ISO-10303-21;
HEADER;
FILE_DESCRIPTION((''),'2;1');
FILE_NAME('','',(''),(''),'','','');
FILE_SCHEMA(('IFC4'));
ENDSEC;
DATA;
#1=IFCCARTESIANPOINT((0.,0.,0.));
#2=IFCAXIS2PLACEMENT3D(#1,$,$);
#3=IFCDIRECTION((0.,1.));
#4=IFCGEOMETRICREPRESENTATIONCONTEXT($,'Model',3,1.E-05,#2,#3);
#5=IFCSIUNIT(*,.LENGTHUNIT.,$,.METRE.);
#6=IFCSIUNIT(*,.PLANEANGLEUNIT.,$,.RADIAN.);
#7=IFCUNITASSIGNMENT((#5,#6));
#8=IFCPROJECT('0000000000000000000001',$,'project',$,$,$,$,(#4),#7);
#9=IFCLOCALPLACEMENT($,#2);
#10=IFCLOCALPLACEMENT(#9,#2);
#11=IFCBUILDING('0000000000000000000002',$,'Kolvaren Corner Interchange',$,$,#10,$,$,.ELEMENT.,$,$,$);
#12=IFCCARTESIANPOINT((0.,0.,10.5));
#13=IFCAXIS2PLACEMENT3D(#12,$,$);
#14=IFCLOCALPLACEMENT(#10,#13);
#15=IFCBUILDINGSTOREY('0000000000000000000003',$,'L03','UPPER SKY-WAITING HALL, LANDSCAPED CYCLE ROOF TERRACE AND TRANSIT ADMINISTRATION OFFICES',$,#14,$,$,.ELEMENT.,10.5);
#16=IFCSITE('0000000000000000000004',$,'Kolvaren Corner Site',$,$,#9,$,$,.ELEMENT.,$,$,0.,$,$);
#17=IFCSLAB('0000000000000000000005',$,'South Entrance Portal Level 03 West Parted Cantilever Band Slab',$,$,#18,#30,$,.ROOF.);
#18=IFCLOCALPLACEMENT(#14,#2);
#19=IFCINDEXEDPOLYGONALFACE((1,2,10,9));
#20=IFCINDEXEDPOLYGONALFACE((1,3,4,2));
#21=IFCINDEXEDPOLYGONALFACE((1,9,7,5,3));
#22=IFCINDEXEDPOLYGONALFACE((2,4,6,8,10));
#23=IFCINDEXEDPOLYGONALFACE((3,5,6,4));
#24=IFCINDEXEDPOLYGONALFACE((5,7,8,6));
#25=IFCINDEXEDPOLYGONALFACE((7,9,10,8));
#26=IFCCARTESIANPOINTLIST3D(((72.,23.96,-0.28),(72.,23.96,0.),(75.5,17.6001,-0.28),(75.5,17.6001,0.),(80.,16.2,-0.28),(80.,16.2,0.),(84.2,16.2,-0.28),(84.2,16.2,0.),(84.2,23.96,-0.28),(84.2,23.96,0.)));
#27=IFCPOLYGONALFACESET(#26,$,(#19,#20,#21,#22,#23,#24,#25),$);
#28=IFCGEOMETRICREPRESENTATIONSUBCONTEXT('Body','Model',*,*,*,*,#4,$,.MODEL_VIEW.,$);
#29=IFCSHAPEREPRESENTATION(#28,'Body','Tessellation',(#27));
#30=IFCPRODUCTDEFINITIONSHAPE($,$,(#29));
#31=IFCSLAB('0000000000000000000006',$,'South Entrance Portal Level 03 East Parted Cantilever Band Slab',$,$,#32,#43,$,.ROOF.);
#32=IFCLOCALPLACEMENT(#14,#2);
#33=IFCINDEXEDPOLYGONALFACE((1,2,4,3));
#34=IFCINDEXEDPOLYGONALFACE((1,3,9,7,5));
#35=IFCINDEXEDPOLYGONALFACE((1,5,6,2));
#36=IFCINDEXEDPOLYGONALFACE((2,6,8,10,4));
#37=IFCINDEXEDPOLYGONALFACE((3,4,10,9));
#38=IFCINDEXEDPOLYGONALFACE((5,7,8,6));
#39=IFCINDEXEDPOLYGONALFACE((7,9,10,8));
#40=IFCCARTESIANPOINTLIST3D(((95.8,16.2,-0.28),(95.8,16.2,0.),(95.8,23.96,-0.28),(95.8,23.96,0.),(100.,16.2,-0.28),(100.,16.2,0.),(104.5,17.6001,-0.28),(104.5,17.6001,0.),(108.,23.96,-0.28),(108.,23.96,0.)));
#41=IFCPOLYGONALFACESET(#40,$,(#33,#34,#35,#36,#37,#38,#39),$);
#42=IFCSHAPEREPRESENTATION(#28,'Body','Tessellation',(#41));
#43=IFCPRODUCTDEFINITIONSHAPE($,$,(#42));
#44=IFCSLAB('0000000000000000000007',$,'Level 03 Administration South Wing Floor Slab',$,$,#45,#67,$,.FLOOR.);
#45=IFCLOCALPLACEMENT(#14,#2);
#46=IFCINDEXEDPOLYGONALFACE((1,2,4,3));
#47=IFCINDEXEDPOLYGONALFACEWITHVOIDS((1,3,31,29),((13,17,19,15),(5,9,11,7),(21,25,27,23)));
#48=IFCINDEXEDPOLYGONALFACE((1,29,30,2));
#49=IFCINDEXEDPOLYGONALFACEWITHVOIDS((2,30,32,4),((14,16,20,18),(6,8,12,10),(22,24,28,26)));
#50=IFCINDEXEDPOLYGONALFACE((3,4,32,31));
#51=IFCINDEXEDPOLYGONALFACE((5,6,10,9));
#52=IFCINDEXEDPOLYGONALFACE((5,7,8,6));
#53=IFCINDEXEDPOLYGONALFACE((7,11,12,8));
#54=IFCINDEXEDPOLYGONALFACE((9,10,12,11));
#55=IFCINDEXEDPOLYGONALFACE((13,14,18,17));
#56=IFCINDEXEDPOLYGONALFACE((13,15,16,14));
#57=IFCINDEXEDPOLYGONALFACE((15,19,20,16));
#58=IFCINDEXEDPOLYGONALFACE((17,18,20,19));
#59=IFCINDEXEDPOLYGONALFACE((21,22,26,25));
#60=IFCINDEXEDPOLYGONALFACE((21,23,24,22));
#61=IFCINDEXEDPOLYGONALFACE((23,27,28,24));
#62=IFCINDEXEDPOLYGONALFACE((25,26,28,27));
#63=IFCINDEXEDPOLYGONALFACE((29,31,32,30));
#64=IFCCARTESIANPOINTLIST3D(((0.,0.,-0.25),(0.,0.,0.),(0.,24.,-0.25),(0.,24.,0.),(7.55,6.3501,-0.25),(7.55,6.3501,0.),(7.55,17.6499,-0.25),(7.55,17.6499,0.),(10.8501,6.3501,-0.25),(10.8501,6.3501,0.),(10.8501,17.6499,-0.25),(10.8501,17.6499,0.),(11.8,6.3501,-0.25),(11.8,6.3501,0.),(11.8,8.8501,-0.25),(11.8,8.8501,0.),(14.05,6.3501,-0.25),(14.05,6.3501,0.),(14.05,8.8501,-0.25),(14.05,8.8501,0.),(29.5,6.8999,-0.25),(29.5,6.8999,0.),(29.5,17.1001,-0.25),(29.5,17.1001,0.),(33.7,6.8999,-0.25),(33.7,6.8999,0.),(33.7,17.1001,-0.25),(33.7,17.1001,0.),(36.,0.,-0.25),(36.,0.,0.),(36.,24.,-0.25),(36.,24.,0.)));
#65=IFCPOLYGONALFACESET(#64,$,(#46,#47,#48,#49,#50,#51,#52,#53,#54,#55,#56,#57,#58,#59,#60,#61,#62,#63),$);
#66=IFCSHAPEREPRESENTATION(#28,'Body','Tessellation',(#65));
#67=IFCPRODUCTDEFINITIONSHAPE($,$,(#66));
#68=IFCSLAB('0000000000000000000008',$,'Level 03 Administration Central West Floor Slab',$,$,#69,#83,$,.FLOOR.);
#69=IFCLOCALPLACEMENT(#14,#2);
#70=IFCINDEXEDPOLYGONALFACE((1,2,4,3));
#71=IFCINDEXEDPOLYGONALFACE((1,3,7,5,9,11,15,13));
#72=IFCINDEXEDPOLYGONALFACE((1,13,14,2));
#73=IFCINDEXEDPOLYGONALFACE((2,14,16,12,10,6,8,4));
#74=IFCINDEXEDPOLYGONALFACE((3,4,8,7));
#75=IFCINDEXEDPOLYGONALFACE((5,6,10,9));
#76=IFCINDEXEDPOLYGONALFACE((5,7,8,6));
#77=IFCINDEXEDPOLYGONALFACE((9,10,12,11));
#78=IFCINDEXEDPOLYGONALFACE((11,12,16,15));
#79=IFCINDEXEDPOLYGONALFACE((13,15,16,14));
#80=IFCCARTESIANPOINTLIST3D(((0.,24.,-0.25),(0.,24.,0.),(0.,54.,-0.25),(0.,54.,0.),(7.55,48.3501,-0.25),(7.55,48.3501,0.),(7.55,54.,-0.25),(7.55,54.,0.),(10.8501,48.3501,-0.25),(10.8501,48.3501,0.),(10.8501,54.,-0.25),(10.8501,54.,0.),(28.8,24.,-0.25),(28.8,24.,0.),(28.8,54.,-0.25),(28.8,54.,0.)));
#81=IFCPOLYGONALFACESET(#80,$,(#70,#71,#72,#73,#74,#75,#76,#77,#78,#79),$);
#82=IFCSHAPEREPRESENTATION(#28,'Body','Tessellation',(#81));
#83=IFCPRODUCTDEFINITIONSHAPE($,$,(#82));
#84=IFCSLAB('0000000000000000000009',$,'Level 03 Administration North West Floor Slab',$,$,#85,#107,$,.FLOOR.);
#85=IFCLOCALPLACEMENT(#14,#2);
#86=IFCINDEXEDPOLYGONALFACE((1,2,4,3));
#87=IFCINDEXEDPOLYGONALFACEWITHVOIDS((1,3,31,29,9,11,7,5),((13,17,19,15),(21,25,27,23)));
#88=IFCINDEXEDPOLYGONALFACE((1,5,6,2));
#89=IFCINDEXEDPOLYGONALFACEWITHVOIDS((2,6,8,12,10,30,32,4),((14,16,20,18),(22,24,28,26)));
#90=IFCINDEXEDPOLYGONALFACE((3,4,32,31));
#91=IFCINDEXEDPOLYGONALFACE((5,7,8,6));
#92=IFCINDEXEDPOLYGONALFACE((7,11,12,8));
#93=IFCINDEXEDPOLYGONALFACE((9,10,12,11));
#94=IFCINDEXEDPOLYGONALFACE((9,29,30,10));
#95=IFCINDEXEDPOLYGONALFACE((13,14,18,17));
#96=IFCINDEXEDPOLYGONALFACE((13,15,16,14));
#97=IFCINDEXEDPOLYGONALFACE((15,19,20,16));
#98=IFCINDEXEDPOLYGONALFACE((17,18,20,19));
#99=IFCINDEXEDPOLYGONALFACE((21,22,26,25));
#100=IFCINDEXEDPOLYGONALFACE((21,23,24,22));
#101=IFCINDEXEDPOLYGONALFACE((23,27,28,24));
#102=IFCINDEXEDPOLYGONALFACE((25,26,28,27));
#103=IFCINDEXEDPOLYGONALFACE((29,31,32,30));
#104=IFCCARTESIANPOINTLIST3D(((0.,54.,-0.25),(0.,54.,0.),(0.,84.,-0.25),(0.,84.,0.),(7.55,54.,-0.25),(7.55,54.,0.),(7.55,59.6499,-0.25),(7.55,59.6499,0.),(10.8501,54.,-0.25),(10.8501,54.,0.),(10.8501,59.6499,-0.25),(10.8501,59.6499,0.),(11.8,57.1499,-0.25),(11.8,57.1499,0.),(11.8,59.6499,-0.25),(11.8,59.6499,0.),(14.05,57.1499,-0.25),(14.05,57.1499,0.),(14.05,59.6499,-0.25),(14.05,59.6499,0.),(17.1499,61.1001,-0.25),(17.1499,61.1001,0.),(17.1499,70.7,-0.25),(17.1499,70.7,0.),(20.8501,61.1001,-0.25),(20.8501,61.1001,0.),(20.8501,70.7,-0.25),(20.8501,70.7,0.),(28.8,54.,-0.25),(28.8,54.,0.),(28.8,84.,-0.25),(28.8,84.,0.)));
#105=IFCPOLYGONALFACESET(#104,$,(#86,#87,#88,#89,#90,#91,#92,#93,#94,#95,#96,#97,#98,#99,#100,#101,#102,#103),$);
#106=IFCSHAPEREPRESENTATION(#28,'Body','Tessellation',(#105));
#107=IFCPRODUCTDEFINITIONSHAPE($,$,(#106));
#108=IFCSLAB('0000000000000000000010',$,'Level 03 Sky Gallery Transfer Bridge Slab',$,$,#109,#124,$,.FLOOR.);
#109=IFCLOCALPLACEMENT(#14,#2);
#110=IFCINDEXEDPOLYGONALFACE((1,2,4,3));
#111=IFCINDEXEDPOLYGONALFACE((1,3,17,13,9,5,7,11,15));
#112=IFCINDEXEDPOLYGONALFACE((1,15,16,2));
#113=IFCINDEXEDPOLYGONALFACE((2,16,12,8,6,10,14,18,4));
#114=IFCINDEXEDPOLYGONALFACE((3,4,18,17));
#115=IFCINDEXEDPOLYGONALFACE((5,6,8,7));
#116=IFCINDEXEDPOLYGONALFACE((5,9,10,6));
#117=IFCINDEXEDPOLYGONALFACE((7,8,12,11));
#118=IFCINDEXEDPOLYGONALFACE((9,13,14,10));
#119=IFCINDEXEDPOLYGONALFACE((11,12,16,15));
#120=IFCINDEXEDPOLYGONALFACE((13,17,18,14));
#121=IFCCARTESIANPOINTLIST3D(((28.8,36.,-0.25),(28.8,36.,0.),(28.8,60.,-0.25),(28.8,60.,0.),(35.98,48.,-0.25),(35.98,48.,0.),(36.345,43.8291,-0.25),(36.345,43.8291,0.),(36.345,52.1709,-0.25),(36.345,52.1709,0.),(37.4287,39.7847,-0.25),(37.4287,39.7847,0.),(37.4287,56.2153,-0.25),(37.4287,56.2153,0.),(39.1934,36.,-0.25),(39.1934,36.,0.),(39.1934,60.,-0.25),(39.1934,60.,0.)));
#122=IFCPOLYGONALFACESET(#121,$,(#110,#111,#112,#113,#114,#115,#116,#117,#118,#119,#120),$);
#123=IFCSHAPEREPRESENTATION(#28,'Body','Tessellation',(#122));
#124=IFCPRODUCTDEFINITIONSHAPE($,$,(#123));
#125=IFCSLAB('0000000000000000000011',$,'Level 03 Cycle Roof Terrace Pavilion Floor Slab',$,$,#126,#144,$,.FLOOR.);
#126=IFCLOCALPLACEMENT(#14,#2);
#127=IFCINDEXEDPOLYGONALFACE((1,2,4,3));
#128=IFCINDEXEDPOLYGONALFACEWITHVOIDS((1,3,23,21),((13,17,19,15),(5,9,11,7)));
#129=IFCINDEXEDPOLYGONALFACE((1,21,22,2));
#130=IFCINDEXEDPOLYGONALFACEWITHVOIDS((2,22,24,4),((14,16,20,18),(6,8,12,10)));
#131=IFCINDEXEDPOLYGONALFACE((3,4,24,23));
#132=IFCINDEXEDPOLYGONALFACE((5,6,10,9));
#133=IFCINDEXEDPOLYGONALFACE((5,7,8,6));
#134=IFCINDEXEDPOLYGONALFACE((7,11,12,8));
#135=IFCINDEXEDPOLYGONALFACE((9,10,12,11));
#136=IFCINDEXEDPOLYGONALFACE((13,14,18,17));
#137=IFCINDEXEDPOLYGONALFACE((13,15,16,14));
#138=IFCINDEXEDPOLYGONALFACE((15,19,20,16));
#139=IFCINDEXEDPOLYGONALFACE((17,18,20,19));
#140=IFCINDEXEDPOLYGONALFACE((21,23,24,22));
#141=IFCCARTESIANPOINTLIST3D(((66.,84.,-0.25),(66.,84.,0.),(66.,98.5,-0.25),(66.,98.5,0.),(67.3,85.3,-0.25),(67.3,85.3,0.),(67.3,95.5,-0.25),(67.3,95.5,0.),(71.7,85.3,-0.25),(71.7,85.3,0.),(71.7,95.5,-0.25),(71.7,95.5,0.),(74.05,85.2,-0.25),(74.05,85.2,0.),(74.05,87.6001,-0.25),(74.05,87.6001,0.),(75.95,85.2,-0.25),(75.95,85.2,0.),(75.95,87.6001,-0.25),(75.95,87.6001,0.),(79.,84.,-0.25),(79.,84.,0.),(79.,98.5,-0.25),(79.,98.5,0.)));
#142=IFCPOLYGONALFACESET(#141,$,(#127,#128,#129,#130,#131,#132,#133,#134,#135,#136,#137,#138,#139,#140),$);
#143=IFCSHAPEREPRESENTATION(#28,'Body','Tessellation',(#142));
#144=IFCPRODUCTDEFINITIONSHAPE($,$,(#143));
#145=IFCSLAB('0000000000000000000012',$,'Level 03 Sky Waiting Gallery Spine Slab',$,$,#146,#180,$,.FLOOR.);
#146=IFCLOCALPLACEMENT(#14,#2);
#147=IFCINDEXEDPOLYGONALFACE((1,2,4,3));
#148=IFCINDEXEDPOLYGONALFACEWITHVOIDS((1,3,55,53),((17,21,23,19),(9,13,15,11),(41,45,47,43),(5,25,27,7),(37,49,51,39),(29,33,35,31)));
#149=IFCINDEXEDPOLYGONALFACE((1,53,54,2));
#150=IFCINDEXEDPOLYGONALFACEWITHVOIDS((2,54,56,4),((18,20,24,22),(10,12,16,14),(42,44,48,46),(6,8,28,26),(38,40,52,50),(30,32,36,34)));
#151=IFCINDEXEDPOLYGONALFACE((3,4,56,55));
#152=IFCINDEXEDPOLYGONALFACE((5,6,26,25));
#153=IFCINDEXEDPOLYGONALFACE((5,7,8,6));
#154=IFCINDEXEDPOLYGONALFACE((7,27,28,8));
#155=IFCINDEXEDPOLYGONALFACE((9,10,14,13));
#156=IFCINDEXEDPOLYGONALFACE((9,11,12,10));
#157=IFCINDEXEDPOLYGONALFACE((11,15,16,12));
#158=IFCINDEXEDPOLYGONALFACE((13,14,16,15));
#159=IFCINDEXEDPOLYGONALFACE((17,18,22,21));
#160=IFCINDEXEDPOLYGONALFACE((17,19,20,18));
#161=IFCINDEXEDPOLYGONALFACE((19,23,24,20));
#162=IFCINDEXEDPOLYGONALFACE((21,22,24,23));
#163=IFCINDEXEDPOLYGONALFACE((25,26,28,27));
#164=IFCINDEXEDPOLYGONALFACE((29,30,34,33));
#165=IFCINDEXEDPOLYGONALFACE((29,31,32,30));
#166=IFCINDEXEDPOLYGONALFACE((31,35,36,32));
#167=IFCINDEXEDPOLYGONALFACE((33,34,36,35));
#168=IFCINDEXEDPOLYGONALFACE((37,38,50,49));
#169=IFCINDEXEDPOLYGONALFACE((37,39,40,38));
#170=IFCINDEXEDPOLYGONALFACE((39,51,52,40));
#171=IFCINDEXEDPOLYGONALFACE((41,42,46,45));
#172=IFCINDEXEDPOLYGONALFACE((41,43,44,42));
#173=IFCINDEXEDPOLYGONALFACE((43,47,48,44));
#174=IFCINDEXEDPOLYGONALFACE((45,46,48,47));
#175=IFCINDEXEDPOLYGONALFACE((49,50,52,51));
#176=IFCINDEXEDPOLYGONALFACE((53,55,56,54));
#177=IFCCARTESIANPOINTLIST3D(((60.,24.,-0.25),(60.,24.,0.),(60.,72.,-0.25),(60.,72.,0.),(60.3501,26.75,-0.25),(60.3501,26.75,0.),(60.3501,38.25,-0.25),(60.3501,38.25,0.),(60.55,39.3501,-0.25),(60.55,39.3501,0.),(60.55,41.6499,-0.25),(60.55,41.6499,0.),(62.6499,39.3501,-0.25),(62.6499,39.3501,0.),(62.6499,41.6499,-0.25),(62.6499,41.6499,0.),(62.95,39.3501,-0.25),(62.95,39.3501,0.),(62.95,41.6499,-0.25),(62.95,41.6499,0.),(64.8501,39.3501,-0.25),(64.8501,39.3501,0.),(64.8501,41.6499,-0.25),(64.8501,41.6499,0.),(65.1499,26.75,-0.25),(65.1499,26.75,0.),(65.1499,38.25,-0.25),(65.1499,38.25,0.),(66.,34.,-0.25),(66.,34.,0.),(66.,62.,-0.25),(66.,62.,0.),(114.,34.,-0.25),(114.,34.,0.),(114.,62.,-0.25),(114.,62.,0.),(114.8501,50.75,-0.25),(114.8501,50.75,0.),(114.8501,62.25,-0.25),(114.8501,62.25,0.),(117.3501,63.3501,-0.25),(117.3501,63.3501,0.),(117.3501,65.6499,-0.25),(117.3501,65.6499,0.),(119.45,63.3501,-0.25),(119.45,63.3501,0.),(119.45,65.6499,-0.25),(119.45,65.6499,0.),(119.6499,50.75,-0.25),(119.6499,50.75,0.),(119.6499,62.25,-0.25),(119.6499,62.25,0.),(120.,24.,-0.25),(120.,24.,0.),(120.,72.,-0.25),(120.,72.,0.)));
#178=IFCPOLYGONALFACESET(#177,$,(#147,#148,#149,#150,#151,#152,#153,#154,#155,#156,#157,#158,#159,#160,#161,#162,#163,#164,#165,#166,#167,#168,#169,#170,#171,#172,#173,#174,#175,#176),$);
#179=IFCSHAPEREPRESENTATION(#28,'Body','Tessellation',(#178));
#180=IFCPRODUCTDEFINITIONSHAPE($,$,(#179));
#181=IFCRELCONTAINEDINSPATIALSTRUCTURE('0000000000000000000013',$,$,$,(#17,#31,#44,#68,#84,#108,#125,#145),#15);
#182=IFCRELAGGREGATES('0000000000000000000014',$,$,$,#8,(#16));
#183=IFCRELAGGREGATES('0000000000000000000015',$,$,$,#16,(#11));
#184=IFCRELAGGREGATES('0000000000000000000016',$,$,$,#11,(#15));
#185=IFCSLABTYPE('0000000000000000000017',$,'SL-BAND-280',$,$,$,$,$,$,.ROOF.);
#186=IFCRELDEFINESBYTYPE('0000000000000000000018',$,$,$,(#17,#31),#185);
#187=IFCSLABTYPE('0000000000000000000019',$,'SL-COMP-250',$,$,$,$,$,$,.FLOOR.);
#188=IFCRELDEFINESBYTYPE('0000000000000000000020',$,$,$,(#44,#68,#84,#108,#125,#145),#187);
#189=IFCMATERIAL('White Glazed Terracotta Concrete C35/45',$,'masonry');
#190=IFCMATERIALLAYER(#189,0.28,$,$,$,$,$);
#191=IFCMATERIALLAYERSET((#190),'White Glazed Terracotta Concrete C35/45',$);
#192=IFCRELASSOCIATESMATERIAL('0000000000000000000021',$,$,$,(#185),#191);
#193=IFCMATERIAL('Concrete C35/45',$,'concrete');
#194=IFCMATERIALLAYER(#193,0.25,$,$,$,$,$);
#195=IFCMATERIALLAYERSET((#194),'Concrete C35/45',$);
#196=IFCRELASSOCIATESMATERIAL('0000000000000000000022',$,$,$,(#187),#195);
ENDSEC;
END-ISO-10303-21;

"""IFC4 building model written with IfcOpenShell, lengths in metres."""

from ifc_helpers import new_model, si_unit, direction, frame, origin, place, context, subcontext, project, spatial, polyline, outline, extrude, material, layer, layer_set, type_object, element, save


model = new_model("IFC4")

# Units and contexts
model_context = context("Model", 3, precision=1e-05, world=origin(), true_north=direction((0.0, 1.0)))
body_context = subcontext(model_context, "Body", "Model", "MODEL_VIEW")
ifc_project = project(units=[si_unit("LENGTHUNIT", "METRE"), si_unit("PLANEANGLEUNIT", "RADIAN")], contexts=[model_context])

# Site, building, storey
site_placement = place(None, origin())
site = spatial("IfcSite", under=ifc_project, at=site_placement, Name="Kolvaren Corner Site", CompositionType="ELEMENT", RefElevation=0.0)
building_placement = place(site_placement, origin())
building = spatial("IfcBuilding", under=site, at=building_placement, Name="Kolvaren Corner Interchange", CompositionType="ELEMENT")
storey_placement = place(building_placement, frame((0.0, 0.0, 10.5)))
storey = spatial("IfcBuildingStorey", under=building, at=storey_placement, Name="L03", Description="UPPER SKY-WAITING HALL, LANDSCAPED CYCLE ROOF TERRACE AND TRANSIT ADMINISTRATION OFFICES", CompositionType="ELEMENT", Elevation=10.5)

# Slabs
ifc_material_1 = material(Name="White Glazed Terracotta Concrete C35/45", Category="masonry")
ifc_layer_1 = layer(ifc_material_1, 0.28)
ifc_layer_set_1 = layer_set([ifc_layer_1], Name="White Glazed Terracotta Concrete C35/45")
slab_type_1 = type_object("IfcSlabType", Name="SL-BAND-280", PredefinedType="ROOF", material=ifc_layer_set_1)
slab_1_placement = place(storey_placement, frame((0.0, 0.0, -0.28)))
element("IfcSlab", 1, at=slab_1_placement, inside=storey, type_object=slab_type_1, Name="South Entrance Portal Level 03 West Parted Cantilever Band Slab", PredefinedType="ROOF", context=body_context, shape_type="SweptSolid", body=[
    extrude(outline(polyline([(84.2, 23.96), (72.0, 23.96), (75.5, 17.6001), (80.0, 16.2), (84.2, 16.2), (84.2, 23.96)])), origin(), (0.0, 0.0, 1.0), 0.28),
])
slab_2_placement = place(storey_placement, frame((0.0, 0.0, -0.28)))
element("IfcSlab", 2, at=slab_2_placement, inside=storey, type_object=slab_type_1, Name="South Entrance Portal Level 03 East Parted Cantilever Band Slab", PredefinedType="ROOF", context=body_context, shape_type="SweptSolid", body=[
    extrude(outline(polyline([(108.0, 23.96), (95.8, 23.96), (95.8, 16.2), (100.0, 16.2), (104.5, 17.6001), (108.0, 23.96)])), origin(), (0.0, 0.0, 1.0), 0.28),
])
ifc_material_2 = material(Name="Concrete C35/45", Category="concrete")
ifc_layer_2 = layer(ifc_material_2, 0.25)
ifc_layer_set_2 = layer_set([ifc_layer_2], Name="Concrete C35/45")
slab_type_2 = type_object("IfcSlabType", Name="SL-COMP-250", PredefinedType="FLOOR", material=ifc_layer_set_2)
slab_3_placement = place(storey_placement, frame((0.0, 0.0, -0.25)))
element("IfcSlab", 3, at=slab_3_placement, inside=storey, type_object=slab_type_2, Name="Level 03 Administration South Wing Floor Slab", PredefinedType="FLOOR", context=body_context, shape_type="SweptSolid", body=[
    extrude(outline(polyline([(36.0, 0.0), (36.0, 24.0), (0.0, 24.0), (0.0, 0.0), (36.0, 0.0)]), holes=[polyline([(7.55, 6.3501), (7.55, 17.6499), (10.8501, 17.6499), (10.8501, 6.3501), (7.55, 6.3501)]), polyline([(33.7, 6.8999), (29.5, 6.8999), (29.5, 17.1001), (33.7, 17.1001), (33.7, 6.8999)]), polyline([(11.8, 8.8501), (14.05, 8.8501), (14.05, 6.3501), (11.8, 6.3501), (11.8, 8.8501)])]), origin(), (0.0, 0.0, 1.0), 0.25),
])
slab_4_placement = place(storey_placement, frame((0.0, 0.0, -0.25)))
element("IfcSlab", 4, at=slab_4_placement, inside=storey, type_object=slab_type_2, Name="Level 03 Administration Central West Floor Slab", PredefinedType="FLOOR", context=body_context, shape_type="SweptSolid", body=[
    extrude(outline(polyline([(0.0, 24.0), (28.8, 24.0), (28.8, 54.0), (10.8501, 54.0), (10.8501, 48.3501), (7.55, 48.3501), (7.55, 54.0), (0.0, 54.0), (0.0, 24.0)])), origin(), (0.0, 0.0, 1.0), 0.25),
])
slab_5_placement = place(storey_placement, frame((0.0, 0.0, -0.25)))
element("IfcSlab", 5, at=slab_5_placement, inside=storey, type_object=slab_type_2, Name="Level 03 Administration North West Floor Slab", PredefinedType="FLOOR", context=body_context, shape_type="SweptSolid", body=[
    extrude(outline(polyline([(0.0, 54.0), (7.55, 54.0), (7.55, 59.6499), (10.8501, 59.6499), (10.8501, 54.0), (28.8, 54.0), (28.8, 84.0), (0.0, 84.0), (0.0, 54.0)]), holes=[polyline([(20.8501, 61.1001), (17.1499, 61.1001), (17.1499, 70.7), (20.8501, 70.7), (20.8501, 61.1001)]), polyline([(11.8, 59.6499), (14.05, 59.6499), (14.05, 57.1499), (11.8, 57.1499), (11.8, 59.6499)])]), origin(), (0.0, 0.0, 1.0), 0.25),
])
slab_6_placement = place(storey_placement, frame((0.0, 0.0, -0.25)))
element("IfcSlab", 6, at=slab_6_placement, inside=storey, type_object=slab_type_2, Name="Level 03 Sky Gallery Transfer Bridge Slab", PredefinedType="FLOOR", context=body_context, shape_type="SweptSolid", body=[
    extrude(outline(polyline([(39.1934, 36.0), (37.4287, 39.7847), (36.345, 43.8291), (35.98, 48.0), (36.345, 52.1709), (37.4287, 56.2153), (39.1934, 60.0), (28.8, 60.0), (28.8, 36.0), (39.1934, 36.0)])), origin(), (0.0, 0.0, 1.0), 0.25),
])
slab_7_placement = place(storey_placement, frame((0.0, 0.0, -0.25)))
element("IfcSlab", 7, at=slab_7_placement, inside=storey, type_object=slab_type_2, Name="Level 03 Cycle Roof Terrace Pavilion Floor Slab", PredefinedType="FLOOR", context=body_context, shape_type="SweptSolid", body=[
    extrude(outline(polyline([(66.0, 84.0), (79.0, 84.0), (79.0, 98.5), (66.0, 98.5), (66.0, 84.0)]), holes=[polyline([(67.3, 95.5), (71.7, 95.5), (71.7, 85.3), (67.3, 85.3), (67.3, 95.5)]), polyline([(74.05, 87.6001), (75.95, 87.6001), (75.95, 85.2), (74.05, 85.2), (74.05, 87.6001)])]), origin(), (0.0, 0.0, 1.0), 0.25),
])
slab_8_placement = place(storey_placement, frame((0.0, 0.0, -0.25)))
element("IfcSlab", 8, at=slab_8_placement, inside=storey, type_object=slab_type_2, Name="Level 03 Sky Waiting Gallery Spine Slab", PredefinedType="FLOOR", context=body_context, shape_type="SweptSolid", body=[
    extrude(outline(polyline([(60.0, 24.0), (120.0, 24.0), (120.0, 72.0), (60.0, 72.0), (60.0, 24.0)]), holes=[polyline([(60.3501, 38.25), (65.1499, 38.25), (65.1499, 26.75), (60.3501, 26.75), (60.3501, 38.25)]), polyline([(119.6499, 62.25), (119.6499, 50.75), (114.8501, 50.75), (114.8501, 62.25), (119.6499, 62.25)]), polyline([(62.6499, 41.6499), (62.6499, 39.3501), (60.55, 39.3501), (60.55, 41.6499), (62.6499, 41.6499)]), polyline([(64.8501, 39.3501), (62.95, 39.3501), (62.95, 41.6499), (64.8501, 41.6499), (64.8501, 39.3501)]), polyline([(117.3501, 63.3501), (117.3501, 65.6499), (119.45, 65.6499), (119.45, 63.3501), (117.3501, 63.3501)]), polyline([(114.0, 62.0), (114.0, 34.0), (66.0, 34.0), (66.0, 62.0), (114.0, 62.0)])]), origin(), (0.0, 0.0, 1.0), 0.25),
])

save(model, "model.ifc")
